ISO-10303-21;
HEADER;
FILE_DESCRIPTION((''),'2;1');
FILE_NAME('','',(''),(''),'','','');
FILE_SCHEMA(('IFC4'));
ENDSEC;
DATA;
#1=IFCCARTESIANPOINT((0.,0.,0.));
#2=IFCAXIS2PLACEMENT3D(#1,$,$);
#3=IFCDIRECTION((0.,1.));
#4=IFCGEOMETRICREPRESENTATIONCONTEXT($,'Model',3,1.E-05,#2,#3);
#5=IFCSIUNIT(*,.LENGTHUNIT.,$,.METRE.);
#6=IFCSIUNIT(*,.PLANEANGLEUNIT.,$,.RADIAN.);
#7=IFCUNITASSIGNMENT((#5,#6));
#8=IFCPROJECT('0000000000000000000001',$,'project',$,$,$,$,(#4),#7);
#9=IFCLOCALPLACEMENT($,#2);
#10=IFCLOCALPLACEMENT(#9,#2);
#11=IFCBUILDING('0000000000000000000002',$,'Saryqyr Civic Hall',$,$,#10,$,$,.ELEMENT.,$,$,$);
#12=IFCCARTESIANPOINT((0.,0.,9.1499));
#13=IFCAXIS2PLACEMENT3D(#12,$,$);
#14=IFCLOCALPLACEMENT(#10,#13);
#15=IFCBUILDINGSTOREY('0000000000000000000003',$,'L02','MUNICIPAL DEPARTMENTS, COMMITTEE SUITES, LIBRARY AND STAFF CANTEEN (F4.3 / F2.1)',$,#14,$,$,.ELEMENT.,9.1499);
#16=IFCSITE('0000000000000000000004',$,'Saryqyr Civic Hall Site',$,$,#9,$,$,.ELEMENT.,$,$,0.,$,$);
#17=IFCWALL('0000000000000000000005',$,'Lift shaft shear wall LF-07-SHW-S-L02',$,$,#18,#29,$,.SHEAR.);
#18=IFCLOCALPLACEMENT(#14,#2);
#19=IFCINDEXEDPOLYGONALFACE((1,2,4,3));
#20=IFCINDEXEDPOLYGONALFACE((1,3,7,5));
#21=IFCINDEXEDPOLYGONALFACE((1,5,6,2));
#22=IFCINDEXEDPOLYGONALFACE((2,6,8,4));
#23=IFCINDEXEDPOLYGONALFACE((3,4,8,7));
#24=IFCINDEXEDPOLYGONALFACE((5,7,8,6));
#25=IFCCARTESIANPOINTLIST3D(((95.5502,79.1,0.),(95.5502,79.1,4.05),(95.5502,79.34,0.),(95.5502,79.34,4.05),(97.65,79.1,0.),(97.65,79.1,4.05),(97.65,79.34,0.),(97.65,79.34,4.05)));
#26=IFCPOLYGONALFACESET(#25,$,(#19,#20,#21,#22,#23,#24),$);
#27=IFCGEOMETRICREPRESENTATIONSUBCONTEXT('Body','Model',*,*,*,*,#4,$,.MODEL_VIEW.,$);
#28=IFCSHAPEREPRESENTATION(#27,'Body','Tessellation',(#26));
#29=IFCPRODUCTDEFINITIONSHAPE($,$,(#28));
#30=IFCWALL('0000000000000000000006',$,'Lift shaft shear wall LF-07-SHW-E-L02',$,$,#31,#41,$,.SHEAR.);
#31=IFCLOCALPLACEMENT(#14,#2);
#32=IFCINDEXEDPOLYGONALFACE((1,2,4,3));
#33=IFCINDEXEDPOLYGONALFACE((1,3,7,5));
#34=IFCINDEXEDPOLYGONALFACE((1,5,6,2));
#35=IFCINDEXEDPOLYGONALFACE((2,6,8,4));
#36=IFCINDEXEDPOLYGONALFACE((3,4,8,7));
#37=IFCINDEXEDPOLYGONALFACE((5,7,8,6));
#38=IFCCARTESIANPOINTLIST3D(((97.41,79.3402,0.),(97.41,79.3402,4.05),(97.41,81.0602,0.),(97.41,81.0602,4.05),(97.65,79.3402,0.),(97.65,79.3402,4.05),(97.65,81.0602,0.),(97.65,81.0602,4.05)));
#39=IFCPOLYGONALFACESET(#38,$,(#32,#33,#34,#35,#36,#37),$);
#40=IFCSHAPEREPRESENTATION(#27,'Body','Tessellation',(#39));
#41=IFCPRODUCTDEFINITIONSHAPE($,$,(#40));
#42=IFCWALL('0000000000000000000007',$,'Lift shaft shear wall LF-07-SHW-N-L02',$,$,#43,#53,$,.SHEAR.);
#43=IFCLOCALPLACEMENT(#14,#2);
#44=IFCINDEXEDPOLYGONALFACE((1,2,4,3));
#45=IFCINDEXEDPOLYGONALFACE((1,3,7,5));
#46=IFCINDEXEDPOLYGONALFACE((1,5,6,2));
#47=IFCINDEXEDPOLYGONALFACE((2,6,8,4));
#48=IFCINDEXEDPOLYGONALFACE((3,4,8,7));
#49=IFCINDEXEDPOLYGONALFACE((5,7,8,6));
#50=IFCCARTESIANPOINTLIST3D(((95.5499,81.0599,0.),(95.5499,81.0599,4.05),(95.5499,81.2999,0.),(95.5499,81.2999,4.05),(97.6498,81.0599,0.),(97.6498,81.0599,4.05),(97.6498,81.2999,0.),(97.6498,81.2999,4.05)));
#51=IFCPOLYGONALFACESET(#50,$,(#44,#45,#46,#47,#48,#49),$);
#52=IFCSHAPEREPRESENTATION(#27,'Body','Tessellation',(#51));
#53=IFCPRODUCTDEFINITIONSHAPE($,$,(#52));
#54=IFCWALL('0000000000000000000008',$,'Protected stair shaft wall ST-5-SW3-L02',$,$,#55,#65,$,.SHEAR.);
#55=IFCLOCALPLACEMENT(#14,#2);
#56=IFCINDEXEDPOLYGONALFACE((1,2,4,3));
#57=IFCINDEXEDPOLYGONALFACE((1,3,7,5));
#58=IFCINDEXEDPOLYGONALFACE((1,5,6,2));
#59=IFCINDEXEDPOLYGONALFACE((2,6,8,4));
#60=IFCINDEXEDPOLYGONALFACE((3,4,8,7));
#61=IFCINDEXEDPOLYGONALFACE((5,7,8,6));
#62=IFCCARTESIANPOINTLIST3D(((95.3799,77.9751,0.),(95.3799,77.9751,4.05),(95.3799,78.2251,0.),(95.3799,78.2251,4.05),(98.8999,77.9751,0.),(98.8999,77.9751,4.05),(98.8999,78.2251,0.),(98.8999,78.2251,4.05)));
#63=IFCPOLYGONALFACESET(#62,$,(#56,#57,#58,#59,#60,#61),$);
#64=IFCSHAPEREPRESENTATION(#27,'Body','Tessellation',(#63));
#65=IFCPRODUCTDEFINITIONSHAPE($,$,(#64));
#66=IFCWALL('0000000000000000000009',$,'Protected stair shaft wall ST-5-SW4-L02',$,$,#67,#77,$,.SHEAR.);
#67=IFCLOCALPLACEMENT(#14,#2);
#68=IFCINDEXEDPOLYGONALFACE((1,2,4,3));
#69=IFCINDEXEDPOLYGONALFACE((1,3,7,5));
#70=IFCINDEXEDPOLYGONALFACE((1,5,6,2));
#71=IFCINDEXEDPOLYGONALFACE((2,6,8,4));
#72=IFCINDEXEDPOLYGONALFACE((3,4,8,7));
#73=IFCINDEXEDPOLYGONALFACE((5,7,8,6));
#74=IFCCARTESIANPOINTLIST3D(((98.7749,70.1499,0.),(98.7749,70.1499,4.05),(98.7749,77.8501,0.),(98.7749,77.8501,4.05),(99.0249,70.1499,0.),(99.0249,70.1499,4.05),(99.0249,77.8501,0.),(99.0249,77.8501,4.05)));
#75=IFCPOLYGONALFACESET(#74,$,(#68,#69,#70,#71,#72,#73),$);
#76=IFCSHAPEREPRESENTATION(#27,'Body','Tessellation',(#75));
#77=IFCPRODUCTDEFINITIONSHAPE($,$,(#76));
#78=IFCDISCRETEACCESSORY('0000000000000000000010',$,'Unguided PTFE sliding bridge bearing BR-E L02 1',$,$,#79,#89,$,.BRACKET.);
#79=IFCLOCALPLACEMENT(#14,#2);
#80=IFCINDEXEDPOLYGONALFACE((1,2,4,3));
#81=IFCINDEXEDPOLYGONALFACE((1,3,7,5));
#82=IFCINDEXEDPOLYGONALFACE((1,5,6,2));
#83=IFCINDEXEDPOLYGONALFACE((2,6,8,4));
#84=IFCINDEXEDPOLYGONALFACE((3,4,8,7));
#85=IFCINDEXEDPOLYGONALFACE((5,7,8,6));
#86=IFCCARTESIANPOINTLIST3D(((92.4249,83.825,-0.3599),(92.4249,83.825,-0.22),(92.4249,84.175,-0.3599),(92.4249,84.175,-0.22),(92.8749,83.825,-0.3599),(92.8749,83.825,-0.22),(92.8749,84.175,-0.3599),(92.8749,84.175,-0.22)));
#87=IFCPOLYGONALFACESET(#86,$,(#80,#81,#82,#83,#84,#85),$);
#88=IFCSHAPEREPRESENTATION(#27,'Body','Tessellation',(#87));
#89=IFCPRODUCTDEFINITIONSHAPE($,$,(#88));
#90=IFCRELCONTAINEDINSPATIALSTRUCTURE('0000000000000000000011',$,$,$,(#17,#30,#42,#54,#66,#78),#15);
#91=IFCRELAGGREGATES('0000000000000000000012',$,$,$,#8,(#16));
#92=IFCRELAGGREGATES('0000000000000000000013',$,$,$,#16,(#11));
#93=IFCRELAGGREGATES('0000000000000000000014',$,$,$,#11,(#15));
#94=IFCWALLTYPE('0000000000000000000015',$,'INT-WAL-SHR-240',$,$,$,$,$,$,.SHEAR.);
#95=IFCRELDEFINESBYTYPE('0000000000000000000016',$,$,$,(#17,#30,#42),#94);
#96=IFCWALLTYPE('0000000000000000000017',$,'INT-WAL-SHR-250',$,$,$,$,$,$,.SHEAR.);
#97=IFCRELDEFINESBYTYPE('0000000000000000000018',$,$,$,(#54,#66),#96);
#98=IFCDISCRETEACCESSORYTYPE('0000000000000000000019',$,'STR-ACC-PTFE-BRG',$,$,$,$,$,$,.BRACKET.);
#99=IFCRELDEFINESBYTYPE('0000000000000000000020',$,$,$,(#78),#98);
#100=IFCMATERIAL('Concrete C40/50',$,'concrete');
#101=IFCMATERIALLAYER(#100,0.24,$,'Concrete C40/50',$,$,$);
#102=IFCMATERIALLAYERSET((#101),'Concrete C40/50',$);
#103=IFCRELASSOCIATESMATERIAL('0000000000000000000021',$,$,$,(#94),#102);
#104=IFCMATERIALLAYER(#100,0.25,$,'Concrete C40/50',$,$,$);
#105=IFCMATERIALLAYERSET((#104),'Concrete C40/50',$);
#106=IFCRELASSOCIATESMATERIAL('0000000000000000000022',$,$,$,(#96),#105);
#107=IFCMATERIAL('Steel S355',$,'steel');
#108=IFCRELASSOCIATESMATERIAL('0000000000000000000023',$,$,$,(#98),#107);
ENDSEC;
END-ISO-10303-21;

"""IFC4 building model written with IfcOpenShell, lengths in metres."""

from ifc_helpers import new_model, si_unit, direction, frame, frame_2d, origin, origin_2d, place, context, subcontext, project, spatial, rectangle, extrude, material, layer, layer_set, type_object, element, save


model = new_model("IFC4")

# Units and contexts
model_context = context("Model", 3, precision=1e-05, world=origin(), true_north=direction((0.0, 1.0)))
body_context = subcontext(model_context, "Body", "Model", "MODEL_VIEW")
ifc_project = project(units=[si_unit("LENGTHUNIT", "METRE"), si_unit("PLANEANGLEUNIT", "RADIAN")], contexts=[model_context])

# Site, building, storey
site_placement = place(None, origin())
site = spatial("IfcSite", under=ifc_project, at=site_placement, Name="Saryqyr Civic Hall Site", CompositionType="ELEMENT", RefElevation=0.0)
building_placement = place(site_placement, origin())
building = spatial("IfcBuilding", under=site, at=building_placement, Name="Saryqyr Civic Hall", CompositionType="ELEMENT")
storey_placement = place(building_placement, frame((0.0, 0.0, 9.1499)))
storey = spatial("IfcBuildingStorey", under=building, at=storey_placement, Name="L02", Description="MUNICIPAL DEPARTMENTS, COMMITTEE SUITES, LIBRARY AND STAFF CANTEEN (F4.3 / F2.1)", CompositionType="ELEMENT", Elevation=9.1499)

# Shared definitions
ifc_material_1 = material(Name="Steel S355", Category="steel")
ifc_material_2 = material(Name="Concrete C40/50", Category="concrete")

# Walls
ifc_layer_1 = layer(ifc_material_2, 0.24, Name="Concrete C40/50")
ifc_layer_set_1 = layer_set([ifc_layer_1], Name="Concrete C40/50")
wall_type_1 = type_object("IfcWallType", Name="INT-WAL-SHR-240", PredefinedType="SHEAR", material=ifc_layer_set_1)
wall_1_placement = place(storey_placement, frame((97.6499, 79.22, 0.0), z_axis=(0.0, 0.0, 1.0), x_axis=(-1.0, 0.0, 0.0)))
element("IfcWall", 1, at=wall_1_placement, inside=storey, type_object=wall_type_1, Name="Lift shaft shear wall LF-07-SHW-S-L02", PredefinedType="SHEAR", context=body_context, shape_type="SweptSolid", body=[
    extrude(rectangle(XDim=2.0999, YDim=0.24, at=frame_2d((1.0498, 0.0))), origin(), (0.0, 0.0, 1.0), 4.05),
])
wall_2_placement = place(storey_placement, frame((97.53, 81.0601, 0.0), z_axis=(0.0, 0.0, 1.0), x_axis=(0.0, -1.0, 0.0)))
element("IfcWall", 2, at=wall_2_placement, inside=storey, type_object=wall_type_1, Name="Lift shaft shear wall LF-07-SHW-E-L02", PredefinedType="SHEAR", context=body_context, shape_type="SweptSolid", body=[
    extrude(rectangle(XDim=1.72, YDim=0.24, at=frame_2d((0.8599, 0.0))), origin(), (0.0, 0.0, 1.0), 4.05),
])
wall_3_placement = place(storey_placement, frame((95.55, 81.1799, 0.0), z_axis=(0.0, 0.0, 1.0), x_axis=(1.0, 0.0, 0.0)))
element("IfcWall", 3, at=wall_3_placement, inside=storey, type_object=wall_type_1, Name="Lift shaft shear wall LF-07-SHW-N-L02", PredefinedType="SHEAR", context=body_context, shape_type="SweptSolid", body=[
    extrude(rectangle(XDim=2.0999, YDim=0.24, at=frame_2d((1.0498, 0.0))), origin(), (0.0, 0.0, 1.0), 4.05),
])

# Walls
ifc_layer_2 = layer(ifc_material_2, 0.25, Name="Concrete C40/50")
ifc_layer_set_2 = layer_set([ifc_layer_2], Name="Concrete C40/50")
wall_type_2 = type_object("IfcWallType", Name="INT-WAL-SHR-250", PredefinedType="SHEAR", material=ifc_layer_set_2)
wall_4_placement = place(storey_placement, frame((95.3799, 78.1001, 0.0), z_axis=(0.0, 0.0, 1.0), x_axis=(1.0, 0.0, 0.0)))
element("IfcWall", 4, at=wall_4_placement, inside=storey, type_object=wall_type_2, Name="Protected stair shaft wall ST-5-SW3-L02", PredefinedType="SHEAR", context=body_context, shape_type="SweptSolid", body=[
    extrude(rectangle(XDim=3.52, YDim=0.25, at=frame_2d((1.76, 0.0))), origin(), (0.0, 0.0, 1.0), 4.05),
])
wall_5_placement = place(storey_placement, frame((98.8999, 77.8501, 0.0), z_axis=(0.0, 0.0, 1.0), x_axis=(0.0, -1.0, 0.0)))
element("IfcWall", 5, at=wall_5_placement, inside=storey, type_object=wall_type_2, Name="Protected stair shaft wall ST-5-SW4-L02", PredefinedType="SHEAR", context=body_context, shape_type="SweptSolid", body=[
    extrude(rectangle(XDim=7.7002, YDim=0.25, at=frame_2d((3.8501, 0.0))), origin(), (0.0, 0.0, 1.0), 4.05),
])

# Discrete accessory
discrete_accessory_type = type_object("IfcDiscreteAccessoryType", Name="STR-ACC-PTFE-BRG", PredefinedType="BRACKET", material=ifc_material_1)
discrete_accessory_placement = place(storey_placement, frame((92.6499, 84.0, -0.3599), z_axis=(0.0, 0.0, 1.0), x_axis=(1.0, 0.0, 0.0)))
element("IfcDiscreteAccessory", 6, at=discrete_accessory_placement, inside=storey, type_object=discrete_accessory_type, Name="Unguided PTFE sliding bridge bearing BR-E L02 1", PredefinedType="BRACKET", context=body_context, shape_type="SweptSolid", body=[
    extrude(rectangle(XDim=0.45, YDim=0.3501, at=origin_2d()), origin(), (0.0, 0.0, 1.0), 0.1399),
])

save(model, "model.ifc")
